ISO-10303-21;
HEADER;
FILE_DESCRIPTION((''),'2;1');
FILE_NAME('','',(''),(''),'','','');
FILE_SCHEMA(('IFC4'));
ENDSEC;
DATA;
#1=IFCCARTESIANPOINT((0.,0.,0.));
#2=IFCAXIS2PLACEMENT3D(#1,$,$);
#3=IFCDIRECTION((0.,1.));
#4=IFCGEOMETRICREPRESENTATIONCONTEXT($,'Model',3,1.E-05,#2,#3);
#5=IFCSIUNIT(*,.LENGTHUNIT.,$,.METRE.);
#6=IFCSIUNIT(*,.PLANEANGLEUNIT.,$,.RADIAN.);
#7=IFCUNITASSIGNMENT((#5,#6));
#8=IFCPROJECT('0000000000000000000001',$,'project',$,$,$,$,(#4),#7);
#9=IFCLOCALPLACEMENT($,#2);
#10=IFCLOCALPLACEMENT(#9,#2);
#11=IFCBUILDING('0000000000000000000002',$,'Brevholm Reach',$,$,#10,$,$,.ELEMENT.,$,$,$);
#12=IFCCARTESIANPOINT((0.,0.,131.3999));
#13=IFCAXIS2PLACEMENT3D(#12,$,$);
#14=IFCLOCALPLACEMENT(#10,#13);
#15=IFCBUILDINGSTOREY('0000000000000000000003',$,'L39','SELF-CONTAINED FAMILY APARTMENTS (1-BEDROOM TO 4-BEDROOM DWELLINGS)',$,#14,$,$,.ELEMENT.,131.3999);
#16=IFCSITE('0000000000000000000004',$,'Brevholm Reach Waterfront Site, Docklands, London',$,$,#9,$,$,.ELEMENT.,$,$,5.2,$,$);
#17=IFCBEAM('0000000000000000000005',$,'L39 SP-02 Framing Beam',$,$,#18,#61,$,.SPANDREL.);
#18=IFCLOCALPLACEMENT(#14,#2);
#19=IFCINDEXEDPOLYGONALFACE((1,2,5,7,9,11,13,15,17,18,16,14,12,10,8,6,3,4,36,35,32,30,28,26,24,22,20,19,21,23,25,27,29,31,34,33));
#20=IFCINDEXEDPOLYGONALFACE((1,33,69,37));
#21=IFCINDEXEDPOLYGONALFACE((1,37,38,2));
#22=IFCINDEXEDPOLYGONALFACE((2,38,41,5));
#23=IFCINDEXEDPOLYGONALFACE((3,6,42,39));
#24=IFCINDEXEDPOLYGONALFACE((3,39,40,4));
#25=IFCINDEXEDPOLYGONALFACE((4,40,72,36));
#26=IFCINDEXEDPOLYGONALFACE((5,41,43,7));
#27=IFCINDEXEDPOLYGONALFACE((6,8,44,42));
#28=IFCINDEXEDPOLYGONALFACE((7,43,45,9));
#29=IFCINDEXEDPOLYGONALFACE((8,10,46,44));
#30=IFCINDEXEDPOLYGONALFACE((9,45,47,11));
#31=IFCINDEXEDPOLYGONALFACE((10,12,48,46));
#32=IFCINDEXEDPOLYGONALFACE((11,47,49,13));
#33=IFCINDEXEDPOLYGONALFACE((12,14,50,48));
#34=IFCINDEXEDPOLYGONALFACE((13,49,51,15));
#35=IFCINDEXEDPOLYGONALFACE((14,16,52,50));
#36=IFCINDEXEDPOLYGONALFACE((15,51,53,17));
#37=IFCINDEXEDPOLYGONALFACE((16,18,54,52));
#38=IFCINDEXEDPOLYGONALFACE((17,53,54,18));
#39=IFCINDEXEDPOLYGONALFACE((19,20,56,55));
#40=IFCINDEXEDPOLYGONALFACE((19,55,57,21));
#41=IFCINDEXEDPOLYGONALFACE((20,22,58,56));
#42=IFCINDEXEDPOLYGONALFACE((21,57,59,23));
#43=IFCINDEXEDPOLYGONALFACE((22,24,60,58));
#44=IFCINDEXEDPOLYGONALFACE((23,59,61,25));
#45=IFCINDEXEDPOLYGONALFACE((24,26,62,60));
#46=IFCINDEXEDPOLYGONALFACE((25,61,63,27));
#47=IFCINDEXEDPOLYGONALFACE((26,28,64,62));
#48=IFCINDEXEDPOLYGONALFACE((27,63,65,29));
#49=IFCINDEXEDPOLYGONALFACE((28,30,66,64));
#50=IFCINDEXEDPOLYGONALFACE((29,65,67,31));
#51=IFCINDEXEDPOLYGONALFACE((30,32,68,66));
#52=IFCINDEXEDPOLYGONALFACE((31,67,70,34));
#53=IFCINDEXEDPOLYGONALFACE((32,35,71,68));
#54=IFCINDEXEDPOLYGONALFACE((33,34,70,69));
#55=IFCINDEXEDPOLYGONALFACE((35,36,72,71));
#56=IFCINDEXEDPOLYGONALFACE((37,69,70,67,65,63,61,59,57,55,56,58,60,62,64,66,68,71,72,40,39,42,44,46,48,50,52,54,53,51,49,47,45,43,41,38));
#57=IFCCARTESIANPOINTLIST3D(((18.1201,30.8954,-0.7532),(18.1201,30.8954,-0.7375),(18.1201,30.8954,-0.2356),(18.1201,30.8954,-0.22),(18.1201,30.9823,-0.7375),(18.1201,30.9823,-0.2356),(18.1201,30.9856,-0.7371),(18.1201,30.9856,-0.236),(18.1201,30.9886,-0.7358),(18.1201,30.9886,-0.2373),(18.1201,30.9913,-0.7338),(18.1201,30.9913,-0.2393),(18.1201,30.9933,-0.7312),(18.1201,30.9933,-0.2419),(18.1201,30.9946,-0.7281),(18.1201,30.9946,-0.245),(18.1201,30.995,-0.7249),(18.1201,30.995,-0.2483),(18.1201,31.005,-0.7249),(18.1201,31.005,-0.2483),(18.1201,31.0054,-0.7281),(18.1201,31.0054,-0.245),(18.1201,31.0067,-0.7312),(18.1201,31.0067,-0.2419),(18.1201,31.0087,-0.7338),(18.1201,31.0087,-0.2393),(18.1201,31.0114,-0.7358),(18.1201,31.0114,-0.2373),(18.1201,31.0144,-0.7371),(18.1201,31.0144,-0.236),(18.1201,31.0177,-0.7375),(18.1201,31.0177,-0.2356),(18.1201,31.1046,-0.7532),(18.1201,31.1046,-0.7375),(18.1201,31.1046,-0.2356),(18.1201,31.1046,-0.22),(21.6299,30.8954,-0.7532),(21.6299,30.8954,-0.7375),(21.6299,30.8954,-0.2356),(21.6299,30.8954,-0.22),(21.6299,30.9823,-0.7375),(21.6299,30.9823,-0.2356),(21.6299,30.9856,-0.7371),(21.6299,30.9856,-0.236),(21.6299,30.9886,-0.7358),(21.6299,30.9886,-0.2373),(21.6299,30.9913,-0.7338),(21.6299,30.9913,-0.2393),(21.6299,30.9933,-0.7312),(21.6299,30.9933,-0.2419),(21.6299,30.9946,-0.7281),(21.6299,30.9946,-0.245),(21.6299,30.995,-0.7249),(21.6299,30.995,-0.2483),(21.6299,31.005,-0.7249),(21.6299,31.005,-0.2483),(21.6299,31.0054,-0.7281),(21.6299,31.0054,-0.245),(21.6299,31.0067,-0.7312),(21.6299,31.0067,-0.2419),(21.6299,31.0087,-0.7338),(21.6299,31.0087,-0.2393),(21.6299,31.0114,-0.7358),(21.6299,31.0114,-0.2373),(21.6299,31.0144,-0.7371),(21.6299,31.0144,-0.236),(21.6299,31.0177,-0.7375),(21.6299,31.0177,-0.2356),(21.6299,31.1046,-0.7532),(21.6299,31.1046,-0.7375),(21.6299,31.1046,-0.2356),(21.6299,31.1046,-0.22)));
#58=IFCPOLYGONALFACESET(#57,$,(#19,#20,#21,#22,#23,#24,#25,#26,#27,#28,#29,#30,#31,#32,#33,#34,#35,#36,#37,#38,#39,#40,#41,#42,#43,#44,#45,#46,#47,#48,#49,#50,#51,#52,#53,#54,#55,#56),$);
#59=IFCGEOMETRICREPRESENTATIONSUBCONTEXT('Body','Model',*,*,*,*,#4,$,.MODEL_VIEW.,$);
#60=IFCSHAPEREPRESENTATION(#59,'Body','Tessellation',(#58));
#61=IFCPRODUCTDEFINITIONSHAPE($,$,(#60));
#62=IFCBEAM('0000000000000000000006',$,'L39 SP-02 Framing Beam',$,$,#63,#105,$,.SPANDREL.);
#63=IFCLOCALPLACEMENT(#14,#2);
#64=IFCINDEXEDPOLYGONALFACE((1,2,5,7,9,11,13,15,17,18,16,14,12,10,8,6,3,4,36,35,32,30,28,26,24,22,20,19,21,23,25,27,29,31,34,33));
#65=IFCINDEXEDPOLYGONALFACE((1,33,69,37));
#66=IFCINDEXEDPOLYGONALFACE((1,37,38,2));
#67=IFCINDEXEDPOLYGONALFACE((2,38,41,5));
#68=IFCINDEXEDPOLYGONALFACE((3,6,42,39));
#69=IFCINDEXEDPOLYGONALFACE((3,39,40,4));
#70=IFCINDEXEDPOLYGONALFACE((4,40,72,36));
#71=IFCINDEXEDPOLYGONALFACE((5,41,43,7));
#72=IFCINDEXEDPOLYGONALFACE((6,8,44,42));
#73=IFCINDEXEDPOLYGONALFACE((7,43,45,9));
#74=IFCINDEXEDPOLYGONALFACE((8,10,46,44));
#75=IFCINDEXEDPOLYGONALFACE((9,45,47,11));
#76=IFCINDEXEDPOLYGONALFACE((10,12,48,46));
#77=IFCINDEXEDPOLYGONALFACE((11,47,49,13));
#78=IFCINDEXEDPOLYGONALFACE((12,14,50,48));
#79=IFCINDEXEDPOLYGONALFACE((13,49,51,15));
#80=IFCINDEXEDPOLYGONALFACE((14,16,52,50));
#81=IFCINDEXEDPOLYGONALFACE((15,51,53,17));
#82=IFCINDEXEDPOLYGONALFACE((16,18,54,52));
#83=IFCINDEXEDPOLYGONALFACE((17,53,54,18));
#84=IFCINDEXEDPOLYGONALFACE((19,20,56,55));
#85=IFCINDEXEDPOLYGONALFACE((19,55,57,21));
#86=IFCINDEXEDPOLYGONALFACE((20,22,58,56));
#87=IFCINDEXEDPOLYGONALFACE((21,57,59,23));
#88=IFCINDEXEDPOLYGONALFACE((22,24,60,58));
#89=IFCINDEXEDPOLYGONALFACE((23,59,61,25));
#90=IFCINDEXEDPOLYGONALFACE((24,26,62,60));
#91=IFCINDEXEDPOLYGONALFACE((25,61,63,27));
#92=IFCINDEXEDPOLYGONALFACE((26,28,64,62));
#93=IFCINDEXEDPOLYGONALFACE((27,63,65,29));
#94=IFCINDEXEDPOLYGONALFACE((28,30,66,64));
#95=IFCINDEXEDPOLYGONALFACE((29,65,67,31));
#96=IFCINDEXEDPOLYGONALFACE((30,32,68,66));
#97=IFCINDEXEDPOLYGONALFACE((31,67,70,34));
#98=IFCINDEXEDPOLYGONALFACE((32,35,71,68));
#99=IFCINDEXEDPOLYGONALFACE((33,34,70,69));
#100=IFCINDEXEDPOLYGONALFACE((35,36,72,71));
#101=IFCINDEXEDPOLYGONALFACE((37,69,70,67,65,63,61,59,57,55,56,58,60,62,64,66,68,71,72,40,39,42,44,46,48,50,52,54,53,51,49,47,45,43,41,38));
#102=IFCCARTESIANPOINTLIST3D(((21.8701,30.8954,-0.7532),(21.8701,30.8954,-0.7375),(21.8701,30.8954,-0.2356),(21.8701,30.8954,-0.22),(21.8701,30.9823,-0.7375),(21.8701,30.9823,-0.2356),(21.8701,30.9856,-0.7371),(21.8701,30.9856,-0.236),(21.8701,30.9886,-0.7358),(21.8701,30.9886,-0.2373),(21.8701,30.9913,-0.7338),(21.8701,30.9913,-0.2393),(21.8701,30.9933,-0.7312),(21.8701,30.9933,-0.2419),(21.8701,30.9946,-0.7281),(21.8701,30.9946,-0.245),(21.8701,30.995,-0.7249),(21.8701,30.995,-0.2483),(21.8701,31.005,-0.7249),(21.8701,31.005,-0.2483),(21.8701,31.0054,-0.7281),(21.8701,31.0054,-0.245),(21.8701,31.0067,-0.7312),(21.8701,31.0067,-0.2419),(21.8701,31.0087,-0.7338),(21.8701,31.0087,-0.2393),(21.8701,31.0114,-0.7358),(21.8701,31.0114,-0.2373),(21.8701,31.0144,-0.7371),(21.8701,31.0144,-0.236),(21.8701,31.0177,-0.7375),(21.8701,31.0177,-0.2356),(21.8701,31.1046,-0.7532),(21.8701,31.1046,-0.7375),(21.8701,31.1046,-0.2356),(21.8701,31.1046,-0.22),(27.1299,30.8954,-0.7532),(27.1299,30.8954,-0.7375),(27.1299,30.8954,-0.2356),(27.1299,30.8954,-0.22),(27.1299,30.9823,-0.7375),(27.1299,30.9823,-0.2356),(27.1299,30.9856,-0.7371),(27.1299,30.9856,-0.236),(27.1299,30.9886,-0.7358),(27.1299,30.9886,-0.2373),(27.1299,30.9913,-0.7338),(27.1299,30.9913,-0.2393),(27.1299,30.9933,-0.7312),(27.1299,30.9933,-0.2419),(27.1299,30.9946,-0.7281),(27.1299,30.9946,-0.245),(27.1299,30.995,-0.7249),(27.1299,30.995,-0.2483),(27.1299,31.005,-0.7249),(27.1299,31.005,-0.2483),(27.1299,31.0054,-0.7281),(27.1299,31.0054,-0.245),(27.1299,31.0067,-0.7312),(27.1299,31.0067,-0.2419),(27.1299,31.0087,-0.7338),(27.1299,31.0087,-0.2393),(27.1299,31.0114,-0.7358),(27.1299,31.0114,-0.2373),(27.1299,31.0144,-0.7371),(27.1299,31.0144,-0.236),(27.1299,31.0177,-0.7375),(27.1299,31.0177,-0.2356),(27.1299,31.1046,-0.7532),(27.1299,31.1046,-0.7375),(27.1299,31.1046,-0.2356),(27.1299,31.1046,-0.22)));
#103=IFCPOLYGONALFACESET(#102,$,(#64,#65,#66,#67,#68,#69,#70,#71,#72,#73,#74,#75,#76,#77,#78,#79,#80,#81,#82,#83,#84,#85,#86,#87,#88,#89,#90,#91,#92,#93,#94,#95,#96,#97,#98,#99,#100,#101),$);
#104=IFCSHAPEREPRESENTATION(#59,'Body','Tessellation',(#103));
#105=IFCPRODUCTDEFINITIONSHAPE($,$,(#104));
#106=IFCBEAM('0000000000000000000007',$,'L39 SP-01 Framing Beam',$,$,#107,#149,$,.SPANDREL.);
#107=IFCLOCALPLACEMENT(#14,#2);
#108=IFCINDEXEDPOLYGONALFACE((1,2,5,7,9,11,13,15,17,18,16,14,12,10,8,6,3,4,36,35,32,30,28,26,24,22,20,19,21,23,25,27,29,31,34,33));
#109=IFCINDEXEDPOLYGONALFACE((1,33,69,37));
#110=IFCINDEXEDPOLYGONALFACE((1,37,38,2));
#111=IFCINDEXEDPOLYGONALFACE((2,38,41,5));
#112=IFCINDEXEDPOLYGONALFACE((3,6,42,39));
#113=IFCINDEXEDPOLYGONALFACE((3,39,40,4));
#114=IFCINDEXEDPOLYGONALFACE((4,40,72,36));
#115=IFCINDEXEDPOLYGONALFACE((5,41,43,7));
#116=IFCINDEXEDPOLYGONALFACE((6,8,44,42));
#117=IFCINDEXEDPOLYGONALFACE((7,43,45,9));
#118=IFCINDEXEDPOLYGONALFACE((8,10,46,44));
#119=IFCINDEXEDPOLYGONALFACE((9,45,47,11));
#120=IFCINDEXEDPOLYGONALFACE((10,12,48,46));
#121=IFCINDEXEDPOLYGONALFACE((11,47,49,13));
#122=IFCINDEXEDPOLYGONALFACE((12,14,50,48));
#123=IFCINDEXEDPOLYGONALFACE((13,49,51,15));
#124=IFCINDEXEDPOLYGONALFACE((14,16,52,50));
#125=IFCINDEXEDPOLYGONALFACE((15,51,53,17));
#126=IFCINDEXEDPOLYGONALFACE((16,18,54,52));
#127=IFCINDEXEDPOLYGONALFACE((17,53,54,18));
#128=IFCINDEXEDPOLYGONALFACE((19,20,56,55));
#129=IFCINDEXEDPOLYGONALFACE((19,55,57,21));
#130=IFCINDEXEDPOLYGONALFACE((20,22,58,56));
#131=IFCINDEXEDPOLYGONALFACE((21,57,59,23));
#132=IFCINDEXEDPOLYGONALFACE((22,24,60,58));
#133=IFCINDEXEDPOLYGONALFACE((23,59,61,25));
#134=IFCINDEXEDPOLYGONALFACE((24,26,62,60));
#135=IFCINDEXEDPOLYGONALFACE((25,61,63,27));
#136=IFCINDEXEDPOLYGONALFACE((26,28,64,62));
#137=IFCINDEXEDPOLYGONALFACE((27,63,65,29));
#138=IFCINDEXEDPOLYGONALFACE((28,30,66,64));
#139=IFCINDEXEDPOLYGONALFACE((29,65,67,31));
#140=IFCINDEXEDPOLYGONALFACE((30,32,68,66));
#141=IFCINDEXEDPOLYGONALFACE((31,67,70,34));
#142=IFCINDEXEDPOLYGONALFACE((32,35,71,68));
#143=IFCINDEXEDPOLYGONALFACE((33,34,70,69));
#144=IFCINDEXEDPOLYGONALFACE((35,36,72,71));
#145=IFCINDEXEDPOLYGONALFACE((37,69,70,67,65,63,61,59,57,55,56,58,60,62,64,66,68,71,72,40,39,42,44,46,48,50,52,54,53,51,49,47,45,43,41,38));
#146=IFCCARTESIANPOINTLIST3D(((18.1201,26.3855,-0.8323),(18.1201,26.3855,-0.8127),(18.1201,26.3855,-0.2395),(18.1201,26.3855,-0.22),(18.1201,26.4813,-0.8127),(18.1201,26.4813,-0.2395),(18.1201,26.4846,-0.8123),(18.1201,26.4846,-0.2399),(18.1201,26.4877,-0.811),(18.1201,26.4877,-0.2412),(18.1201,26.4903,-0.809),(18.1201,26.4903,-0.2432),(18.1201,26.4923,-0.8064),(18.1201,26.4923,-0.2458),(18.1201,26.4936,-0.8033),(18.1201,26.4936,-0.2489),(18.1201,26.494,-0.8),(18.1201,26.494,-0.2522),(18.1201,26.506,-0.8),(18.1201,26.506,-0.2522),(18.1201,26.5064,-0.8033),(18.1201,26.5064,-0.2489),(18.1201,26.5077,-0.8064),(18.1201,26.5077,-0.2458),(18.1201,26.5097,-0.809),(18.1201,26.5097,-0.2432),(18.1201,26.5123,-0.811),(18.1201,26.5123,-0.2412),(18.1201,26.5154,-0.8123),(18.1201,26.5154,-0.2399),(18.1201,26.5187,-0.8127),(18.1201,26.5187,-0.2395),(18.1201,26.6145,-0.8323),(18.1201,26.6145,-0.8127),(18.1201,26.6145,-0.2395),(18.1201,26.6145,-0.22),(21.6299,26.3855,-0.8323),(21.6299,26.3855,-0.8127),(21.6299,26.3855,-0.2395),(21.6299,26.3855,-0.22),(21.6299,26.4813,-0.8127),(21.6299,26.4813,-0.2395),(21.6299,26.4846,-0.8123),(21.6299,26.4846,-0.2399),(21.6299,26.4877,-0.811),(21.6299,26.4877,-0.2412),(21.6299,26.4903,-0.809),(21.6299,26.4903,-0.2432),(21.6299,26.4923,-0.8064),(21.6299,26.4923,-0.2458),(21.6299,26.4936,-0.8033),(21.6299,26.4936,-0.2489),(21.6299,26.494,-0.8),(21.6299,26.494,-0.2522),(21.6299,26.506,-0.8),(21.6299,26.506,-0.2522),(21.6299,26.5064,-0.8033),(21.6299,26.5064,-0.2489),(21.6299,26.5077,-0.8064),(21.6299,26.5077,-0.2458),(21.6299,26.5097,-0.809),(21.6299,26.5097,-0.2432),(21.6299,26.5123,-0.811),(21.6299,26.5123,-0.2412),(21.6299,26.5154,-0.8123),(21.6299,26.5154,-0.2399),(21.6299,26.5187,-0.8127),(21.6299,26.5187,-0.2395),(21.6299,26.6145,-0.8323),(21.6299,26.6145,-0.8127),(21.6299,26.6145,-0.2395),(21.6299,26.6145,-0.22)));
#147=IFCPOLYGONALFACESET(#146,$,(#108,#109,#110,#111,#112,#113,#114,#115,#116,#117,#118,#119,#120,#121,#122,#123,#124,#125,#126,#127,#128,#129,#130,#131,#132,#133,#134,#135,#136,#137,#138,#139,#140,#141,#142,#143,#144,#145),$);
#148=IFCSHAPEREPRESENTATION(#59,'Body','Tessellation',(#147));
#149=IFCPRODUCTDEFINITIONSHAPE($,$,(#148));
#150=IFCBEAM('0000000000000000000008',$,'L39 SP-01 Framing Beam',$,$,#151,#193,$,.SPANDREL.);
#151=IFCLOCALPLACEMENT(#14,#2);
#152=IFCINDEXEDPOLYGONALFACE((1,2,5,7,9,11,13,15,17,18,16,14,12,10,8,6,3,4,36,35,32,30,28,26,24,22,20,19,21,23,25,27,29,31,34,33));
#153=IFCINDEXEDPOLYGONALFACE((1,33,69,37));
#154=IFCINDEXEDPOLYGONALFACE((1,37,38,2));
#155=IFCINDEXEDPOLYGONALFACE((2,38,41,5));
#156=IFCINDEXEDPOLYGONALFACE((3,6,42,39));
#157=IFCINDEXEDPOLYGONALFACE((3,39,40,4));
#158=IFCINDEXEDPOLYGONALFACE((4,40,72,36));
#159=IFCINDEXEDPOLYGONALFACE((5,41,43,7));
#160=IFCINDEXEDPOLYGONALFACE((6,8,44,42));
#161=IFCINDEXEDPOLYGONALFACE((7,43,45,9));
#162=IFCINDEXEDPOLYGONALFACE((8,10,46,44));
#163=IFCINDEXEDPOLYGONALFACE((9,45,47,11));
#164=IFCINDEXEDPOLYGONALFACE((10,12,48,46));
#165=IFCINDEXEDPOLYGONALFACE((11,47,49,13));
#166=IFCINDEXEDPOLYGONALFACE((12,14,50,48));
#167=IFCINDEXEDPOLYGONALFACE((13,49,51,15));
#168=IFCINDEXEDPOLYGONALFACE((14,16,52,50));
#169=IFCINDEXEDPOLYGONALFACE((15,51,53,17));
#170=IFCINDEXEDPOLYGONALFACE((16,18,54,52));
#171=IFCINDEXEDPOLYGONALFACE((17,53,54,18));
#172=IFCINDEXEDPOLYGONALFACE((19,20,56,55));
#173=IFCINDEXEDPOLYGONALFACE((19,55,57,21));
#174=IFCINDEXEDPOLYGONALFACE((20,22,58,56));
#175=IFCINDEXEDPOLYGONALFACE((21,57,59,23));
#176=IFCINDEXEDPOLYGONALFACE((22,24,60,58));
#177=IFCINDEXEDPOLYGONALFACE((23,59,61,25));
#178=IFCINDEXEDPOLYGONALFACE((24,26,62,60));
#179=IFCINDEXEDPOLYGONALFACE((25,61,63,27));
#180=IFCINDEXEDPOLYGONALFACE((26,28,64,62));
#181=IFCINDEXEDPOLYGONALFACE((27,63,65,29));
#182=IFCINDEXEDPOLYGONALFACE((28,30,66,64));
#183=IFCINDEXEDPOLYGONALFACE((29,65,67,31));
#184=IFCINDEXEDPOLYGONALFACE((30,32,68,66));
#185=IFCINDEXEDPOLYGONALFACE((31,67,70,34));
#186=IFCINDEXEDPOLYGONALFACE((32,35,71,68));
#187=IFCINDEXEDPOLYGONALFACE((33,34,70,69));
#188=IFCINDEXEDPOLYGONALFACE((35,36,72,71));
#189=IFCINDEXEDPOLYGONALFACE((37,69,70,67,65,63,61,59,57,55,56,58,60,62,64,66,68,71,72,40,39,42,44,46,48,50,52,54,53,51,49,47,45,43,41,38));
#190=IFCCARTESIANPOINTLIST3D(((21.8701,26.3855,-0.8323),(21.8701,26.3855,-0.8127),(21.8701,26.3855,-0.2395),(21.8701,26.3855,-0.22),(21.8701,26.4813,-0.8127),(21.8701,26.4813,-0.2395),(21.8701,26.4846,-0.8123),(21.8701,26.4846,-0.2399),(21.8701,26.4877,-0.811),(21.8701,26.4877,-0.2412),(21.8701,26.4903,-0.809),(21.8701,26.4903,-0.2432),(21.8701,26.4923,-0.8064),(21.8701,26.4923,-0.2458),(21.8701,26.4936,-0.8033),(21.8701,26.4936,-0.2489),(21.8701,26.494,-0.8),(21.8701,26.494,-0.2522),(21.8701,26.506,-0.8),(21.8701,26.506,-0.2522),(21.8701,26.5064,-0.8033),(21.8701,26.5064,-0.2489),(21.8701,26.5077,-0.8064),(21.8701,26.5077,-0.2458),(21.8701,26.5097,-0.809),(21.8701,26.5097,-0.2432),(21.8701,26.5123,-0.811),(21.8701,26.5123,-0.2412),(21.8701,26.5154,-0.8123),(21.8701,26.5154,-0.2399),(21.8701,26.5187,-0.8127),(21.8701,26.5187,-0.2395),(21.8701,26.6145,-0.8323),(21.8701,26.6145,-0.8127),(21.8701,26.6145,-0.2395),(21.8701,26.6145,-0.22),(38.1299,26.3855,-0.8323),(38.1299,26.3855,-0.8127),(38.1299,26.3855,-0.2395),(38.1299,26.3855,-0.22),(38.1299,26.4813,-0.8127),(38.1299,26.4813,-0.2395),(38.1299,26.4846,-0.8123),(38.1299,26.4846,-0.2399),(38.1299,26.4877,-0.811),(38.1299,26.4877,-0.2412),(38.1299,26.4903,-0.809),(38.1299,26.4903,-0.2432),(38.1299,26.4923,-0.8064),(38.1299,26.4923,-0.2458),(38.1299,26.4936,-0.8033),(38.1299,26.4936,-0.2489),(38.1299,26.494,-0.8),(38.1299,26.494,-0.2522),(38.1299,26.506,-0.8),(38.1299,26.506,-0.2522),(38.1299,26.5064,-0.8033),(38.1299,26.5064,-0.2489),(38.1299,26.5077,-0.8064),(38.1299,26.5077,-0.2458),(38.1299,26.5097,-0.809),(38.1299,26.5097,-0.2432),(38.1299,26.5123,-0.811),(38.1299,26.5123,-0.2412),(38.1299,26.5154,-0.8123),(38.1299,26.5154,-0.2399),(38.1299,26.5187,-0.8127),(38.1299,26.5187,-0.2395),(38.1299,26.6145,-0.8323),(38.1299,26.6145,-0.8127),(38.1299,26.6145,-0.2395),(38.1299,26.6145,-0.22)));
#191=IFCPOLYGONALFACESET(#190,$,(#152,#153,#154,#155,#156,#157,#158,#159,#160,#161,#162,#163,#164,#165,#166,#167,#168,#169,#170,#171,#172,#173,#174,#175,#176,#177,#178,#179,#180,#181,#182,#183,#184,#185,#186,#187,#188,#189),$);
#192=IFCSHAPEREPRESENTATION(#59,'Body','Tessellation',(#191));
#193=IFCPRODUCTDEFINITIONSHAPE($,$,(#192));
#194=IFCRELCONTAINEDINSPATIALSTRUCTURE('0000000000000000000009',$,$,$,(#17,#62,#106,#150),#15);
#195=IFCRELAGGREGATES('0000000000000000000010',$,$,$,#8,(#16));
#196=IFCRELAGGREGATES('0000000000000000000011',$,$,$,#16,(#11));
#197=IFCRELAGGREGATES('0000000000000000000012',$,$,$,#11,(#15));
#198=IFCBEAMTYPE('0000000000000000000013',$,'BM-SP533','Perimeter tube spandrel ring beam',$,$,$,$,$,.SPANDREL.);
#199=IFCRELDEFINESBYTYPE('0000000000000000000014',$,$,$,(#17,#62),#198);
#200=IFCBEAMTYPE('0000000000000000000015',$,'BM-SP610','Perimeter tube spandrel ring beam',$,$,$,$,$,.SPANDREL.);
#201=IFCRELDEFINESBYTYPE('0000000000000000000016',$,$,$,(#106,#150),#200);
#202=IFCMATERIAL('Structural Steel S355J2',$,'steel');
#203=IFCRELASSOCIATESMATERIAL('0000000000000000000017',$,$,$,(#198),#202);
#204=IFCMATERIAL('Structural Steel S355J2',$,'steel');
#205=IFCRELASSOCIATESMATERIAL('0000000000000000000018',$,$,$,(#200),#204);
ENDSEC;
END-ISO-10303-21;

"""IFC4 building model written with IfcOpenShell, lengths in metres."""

from ifc_helpers import new_model, si_unit, direction, frame, origin, origin_2d, place, context, subcontext, project, spatial, i_section, extrude, material, material_profile, profile_set, type_object, element, save


model = new_model("IFC4")

# Units and contexts
model_context = context("Model", 3, precision=1e-05, world=origin(), true_north=direction((0.0, 1.0)))
body_context = subcontext(model_context, "Body", "Model", "MODEL_VIEW")
ifc_project = project(units=[si_unit("LENGTHUNIT", "METRE"), si_unit("PLANEANGLEUNIT", "RADIAN")], contexts=[model_context])

# Site, building, storey
site_placement = place(None, origin())
site = spatial("IfcSite", under=ifc_project, at=site_placement, Name="Brevholm Reach Waterfront Site, Docklands, London", CompositionType="ELEMENT", RefElevation=5.2)
building_placement = place(site_placement, origin())
building = spatial("IfcBuilding", under=site, at=building_placement, Name="Brevholm Reach", CompositionType="ELEMENT")
storey_placement = place(building_placement, frame((0.0, 0.0, 131.3999)))
storey = spatial("IfcBuildingStorey", under=building, at=storey_placement, Name="L39", Description="SELF-CONTAINED FAMILY APARTMENTS (1-BEDROOM TO 4-BEDROOM DWELLINGS)", CompositionType="ELEMENT", Elevation=131.3999)

# Beams
ifc_material_1 = material(Name="Structural Steel S355J2", Category="steel")
ifc_material_profile_1 = material_profile(ifc_material_1, i_section(OverallWidth=0.2092, OverallDepth=0.5332, WebThickness=0.01, FlangeThickness=0.0156, FilletRadius=0.0127, at=origin_2d()), Name="UKB 533x210x92")
ifc_profile_set_1 = profile_set([ifc_material_profile_1], Name="Structural Steel S355J2")
beam_type_1 = type_object("IfcBeamType", Name="BM-SP533", Description="Perimeter tube spandrel ring beam", PredefinedType="SPANDREL", material=ifc_profile_set_1)
beam_1_placement = place(storey_placement, frame((18.1201, 31.0, -0.4866), z_axis=(1.0, 0.0, 0.0), x_axis=(0.0, 1.0, 0.0)))
element("IfcBeam", 1, at=beam_1_placement, inside=storey, type_object=beam_type_1, Name="L39 SP-02 Framing Beam", PredefinedType="SPANDREL", context=body_context, shape_type="SweptSolid", body=[
    extrude(i_section(OverallWidth=0.2092, OverallDepth=0.5332, WebThickness=0.01, FlangeThickness=0.0156, FilletRadius=0.0127, at=origin_2d()), origin(), (0.0, 0.0, 1.0), 3.5098),
])
beam_2_placement = place(storey_placement, frame((21.8701, 31.0, -0.4866), z_axis=(1.0, 0.0, 0.0), x_axis=(0.0, 1.0, 0.0)))
element("IfcBeam", 2, at=beam_2_placement, inside=storey, type_object=beam_type_1, Name="L39 SP-02 Framing Beam", PredefinedType="SPANDREL", context=body_context, shape_type="SweptSolid", body=[
    extrude(i_section(OverallWidth=0.2092, OverallDepth=0.5332, WebThickness=0.01, FlangeThickness=0.0156, FilletRadius=0.0127, at=origin_2d()), origin(), (0.0, 0.0, 1.0), 5.2598),
])
ifc_material_2 = material(Name="Structural Steel S355J2", Category="steel")
ifc_material_profile_2 = material_profile(ifc_material_2, i_section(OverallWidth=0.229, OverallDepth=0.6123, WebThickness=0.012, FlangeThickness=0.0195, FilletRadius=0.0127, at=origin_2d()), Name="UKB 610x229x125")
ifc_profile_set_2 = profile_set([ifc_material_profile_2], Name="Structural Steel S355J2")
beam_type_2 = type_object("IfcBeamType", Name="BM-SP610", Description="Perimeter tube spandrel ring beam", PredefinedType="SPANDREL", material=ifc_profile_set_2)
beam_3_placement = place(storey_placement, frame((18.1201, 26.5, -0.5261), z_axis=(1.0, 0.0, 0.0), x_axis=(0.0, 1.0, 0.0)))
element("IfcBeam", 3, at=beam_3_placement, inside=storey, type_object=beam_type_2, Name="L39 SP-01 Framing Beam", PredefinedType="SPANDREL", context=body_context, shape_type="SweptSolid", body=[
    extrude(i_section(OverallWidth=0.229, OverallDepth=0.6123, WebThickness=0.012, FlangeThickness=0.0195, FilletRadius=0.0127, at=origin_2d()), origin(), (0.0, 0.0, 1.0), 3.5098),
])
beam_4_placement = place(storey_placement, frame((21.8701, 26.5, -0.5261), z_axis=(1.0, 0.0, 0.0), x_axis=(0.0, 1.0, 0.0)))
element("IfcBeam", 4, at=beam_4_placement, inside=storey, type_object=beam_type_2, Name="L39 SP-01 Framing Beam", PredefinedType="SPANDREL", context=body_context, shape_type="SweptSolid", body=[
    extrude(i_section(OverallWidth=0.229, OverallDepth=0.6123, WebThickness=0.012, FlangeThickness=0.0195, FilletRadius=0.0127, at=origin_2d()), origin(), (0.0, 0.0, 1.0), 16.2598),
])

save(model, "model.ifc")
